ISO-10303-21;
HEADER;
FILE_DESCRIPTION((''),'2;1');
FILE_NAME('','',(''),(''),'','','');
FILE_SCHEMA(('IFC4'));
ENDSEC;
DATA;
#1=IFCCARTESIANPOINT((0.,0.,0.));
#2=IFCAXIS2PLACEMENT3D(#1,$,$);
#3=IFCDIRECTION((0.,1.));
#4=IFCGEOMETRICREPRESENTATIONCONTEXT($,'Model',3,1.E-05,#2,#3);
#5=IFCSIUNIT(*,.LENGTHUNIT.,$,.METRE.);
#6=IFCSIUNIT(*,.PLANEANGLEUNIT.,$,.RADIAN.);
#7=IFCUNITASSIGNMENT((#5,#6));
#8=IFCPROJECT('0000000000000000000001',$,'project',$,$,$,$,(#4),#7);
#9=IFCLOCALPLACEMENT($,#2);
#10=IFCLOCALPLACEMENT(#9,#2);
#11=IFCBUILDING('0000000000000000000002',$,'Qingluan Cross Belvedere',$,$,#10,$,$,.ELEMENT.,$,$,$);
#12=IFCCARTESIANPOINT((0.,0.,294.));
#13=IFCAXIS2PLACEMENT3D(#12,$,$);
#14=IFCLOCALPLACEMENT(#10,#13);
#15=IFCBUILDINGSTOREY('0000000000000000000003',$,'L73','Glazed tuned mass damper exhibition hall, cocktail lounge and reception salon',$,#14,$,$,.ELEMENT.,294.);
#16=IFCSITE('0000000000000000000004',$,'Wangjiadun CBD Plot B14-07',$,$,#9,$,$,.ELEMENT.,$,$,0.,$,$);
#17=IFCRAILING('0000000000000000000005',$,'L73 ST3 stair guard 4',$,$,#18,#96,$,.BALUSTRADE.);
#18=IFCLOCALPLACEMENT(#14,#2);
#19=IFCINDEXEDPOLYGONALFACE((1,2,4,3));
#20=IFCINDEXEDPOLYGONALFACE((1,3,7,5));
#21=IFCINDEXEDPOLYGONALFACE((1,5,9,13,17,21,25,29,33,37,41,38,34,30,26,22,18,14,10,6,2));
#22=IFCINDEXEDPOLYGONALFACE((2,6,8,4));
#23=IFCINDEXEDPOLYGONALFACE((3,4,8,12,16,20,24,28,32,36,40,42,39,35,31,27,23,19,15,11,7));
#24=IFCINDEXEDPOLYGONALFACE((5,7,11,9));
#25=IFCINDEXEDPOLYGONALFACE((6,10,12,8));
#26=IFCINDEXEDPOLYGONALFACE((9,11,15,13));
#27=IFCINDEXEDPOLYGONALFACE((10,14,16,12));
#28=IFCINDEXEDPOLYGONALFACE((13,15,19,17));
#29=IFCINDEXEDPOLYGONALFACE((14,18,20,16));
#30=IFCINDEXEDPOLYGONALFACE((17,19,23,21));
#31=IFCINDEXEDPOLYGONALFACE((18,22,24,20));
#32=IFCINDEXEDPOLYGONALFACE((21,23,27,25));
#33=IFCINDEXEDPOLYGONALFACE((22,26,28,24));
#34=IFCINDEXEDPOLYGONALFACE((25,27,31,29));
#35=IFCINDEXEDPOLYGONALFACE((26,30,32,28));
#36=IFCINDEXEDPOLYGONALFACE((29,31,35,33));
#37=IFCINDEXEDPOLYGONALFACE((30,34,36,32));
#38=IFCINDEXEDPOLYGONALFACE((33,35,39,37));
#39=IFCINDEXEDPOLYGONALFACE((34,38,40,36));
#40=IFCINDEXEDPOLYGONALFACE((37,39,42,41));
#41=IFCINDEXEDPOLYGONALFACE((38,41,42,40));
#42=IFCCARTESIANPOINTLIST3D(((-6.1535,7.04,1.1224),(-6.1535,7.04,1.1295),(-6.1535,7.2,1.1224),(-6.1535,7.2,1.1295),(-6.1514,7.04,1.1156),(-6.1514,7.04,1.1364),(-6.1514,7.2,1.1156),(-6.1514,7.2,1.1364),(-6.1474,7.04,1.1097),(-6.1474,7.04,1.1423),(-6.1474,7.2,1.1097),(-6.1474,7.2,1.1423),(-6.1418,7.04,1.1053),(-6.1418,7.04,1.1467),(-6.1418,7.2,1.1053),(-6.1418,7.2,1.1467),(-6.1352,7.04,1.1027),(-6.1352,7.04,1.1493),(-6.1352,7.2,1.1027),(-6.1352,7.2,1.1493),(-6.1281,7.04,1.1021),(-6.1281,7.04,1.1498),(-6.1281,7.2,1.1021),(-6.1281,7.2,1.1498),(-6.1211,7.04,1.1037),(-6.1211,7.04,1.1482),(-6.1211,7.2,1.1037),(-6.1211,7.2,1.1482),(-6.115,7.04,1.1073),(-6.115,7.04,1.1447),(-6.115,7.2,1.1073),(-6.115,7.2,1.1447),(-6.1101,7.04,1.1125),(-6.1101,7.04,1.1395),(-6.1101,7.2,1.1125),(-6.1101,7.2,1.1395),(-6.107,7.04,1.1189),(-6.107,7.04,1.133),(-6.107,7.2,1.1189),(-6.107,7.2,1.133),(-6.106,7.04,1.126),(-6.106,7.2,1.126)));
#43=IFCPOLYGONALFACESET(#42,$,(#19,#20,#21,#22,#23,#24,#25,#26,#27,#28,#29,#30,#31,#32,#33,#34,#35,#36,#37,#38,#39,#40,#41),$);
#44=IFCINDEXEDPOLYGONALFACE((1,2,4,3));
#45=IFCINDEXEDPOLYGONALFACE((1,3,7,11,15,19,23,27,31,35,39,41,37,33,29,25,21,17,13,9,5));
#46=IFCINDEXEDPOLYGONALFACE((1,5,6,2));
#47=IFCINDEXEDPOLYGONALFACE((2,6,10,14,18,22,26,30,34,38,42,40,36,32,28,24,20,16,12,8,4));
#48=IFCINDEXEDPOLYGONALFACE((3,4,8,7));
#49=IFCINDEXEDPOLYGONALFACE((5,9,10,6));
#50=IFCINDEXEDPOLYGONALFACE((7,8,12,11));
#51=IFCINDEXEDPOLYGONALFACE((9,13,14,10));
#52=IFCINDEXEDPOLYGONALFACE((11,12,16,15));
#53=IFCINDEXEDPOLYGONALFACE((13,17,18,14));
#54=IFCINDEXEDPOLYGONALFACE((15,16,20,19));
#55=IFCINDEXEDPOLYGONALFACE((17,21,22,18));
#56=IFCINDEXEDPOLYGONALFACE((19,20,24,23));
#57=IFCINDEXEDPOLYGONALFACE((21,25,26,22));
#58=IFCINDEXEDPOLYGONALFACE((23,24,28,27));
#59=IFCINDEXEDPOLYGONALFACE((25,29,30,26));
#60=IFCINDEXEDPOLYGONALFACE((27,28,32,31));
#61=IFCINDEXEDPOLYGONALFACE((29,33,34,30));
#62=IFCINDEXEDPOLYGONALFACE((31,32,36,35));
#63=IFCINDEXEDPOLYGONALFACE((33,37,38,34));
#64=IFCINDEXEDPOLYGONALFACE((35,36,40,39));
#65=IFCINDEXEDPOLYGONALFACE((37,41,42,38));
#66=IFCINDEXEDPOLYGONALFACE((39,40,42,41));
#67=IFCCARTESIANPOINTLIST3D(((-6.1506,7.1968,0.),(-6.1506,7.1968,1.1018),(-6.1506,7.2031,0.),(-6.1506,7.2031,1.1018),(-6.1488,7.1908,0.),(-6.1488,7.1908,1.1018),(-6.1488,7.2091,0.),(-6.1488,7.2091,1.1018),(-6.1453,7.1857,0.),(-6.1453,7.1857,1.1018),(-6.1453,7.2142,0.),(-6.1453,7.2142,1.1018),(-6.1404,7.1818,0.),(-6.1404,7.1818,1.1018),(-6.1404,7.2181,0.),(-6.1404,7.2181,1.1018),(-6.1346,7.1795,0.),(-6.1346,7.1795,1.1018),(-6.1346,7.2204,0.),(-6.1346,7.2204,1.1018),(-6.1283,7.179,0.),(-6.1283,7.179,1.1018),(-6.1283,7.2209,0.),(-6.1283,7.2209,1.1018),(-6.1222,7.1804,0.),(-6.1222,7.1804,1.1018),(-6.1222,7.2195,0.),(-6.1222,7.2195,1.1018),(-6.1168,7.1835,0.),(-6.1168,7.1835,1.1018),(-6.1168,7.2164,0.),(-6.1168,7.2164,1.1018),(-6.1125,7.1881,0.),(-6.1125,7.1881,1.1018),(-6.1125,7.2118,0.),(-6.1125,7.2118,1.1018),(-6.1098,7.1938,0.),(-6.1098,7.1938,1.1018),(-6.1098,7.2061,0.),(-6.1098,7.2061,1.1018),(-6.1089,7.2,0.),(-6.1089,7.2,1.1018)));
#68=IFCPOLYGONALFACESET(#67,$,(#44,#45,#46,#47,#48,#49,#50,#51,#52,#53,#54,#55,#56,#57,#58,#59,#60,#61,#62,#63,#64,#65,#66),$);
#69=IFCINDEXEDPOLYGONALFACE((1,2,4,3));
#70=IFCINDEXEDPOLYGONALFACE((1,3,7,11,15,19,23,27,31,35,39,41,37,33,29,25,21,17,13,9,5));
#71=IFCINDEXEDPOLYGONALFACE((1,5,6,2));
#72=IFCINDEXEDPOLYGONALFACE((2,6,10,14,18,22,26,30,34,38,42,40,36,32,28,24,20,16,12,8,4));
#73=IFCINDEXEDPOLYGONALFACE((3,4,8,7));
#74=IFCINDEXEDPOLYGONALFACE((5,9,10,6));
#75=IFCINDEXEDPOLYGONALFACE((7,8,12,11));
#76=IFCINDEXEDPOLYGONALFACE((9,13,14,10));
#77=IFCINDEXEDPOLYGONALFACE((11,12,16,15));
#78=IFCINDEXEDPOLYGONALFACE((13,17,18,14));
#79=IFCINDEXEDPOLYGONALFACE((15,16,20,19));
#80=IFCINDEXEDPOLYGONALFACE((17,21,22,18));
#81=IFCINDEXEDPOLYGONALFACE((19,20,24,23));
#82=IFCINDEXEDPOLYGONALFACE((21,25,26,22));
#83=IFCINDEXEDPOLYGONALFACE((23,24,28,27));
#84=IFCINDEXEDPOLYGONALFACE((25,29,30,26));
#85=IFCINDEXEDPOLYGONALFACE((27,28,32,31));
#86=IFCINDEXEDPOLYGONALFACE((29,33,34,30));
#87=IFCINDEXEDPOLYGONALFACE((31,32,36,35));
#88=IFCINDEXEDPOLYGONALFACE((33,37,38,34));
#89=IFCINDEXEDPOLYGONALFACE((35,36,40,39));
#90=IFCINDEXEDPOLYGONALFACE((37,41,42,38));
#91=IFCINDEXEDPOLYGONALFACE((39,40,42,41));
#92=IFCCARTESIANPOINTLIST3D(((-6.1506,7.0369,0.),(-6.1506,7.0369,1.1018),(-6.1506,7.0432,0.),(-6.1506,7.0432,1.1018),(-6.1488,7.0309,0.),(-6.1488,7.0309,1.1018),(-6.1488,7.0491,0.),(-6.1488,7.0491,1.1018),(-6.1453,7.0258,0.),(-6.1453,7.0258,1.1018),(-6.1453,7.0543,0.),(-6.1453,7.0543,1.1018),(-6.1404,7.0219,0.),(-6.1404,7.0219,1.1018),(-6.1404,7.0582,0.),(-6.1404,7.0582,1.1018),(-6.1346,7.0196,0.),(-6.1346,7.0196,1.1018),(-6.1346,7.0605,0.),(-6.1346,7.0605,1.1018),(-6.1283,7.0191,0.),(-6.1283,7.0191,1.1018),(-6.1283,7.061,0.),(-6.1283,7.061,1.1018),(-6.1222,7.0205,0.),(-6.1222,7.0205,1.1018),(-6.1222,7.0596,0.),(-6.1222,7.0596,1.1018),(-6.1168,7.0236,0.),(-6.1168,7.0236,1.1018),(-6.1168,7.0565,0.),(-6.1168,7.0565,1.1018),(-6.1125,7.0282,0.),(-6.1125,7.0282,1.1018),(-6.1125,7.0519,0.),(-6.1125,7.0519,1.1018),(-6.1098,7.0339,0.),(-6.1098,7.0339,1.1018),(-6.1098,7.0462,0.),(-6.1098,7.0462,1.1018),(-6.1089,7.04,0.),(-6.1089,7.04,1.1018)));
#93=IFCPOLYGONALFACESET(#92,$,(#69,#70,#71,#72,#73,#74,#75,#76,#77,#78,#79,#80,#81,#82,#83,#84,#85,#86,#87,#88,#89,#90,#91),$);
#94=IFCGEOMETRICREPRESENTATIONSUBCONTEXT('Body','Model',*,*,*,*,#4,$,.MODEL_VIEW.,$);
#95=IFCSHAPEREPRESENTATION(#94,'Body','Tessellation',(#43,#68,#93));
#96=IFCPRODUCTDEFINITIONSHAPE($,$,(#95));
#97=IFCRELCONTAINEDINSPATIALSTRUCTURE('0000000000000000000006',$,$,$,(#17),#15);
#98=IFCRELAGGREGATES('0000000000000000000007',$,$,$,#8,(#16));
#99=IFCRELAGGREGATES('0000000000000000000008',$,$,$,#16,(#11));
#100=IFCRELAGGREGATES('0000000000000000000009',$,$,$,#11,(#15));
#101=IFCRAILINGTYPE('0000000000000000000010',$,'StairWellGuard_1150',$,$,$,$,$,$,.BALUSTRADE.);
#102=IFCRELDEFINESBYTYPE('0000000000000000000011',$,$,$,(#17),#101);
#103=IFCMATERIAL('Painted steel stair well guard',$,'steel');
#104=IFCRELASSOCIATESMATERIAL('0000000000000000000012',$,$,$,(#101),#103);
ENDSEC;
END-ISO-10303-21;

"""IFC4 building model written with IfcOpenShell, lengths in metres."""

from ifc_helpers import new_model, si_unit, direction, frame, origin, origin_2d, place, context, subcontext, project, spatial, circle, extrude, material, type_object, element, save


model = new_model("IFC4")

# Units and contexts
model_context = context("Model", 3, precision=1e-05, world=origin(), true_north=direction((0.0, 1.0)))
body_context = subcontext(model_context, "Body", "Model", "MODEL_VIEW")
ifc_project = project(units=[si_unit("LENGTHUNIT", "METRE"), si_unit("PLANEANGLEUNIT", "RADIAN")], contexts=[model_context])

# Site, building, storey
site_placement = place(None, origin())
site = spatial("IfcSite", under=ifc_project, at=site_placement, Name="Wangjiadun CBD Plot B14-07", CompositionType="ELEMENT", RefElevation=0.0)
building_placement = place(site_placement, origin())
building = spatial("IfcBuilding", under=site, at=building_placement, Name="Qingluan Cross Belvedere", CompositionType="ELEMENT")
storey_placement = place(building_placement, frame((0.0, 0.0, 294.0)))
storey = spatial("IfcBuildingStorey", under=building, at=storey_placement, Name="L73", Description="Glazed tuned mass damper exhibition hall, cocktail lounge and reception salon", CompositionType="ELEMENT", Elevation=294.0)

# Railing
ifc_material_1 = material(Name="Painted steel stair well guard", Category="steel")
railing_type_1 = type_object("IfcRailingType", Name="StairWellGuard_1150", PredefinedType="BALUSTRADE", material=ifc_material_1)
railing_1_placement = place(storey_placement, frame((-6.1299, 7.2, 0.0)))
element("IfcRailing", 1, at=railing_1_placement, inside=storey, type_object=railing_type_1, Name="L73 ST3 stair guard 4", PredefinedType="BALUSTRADE", context=body_context, shape_type="SweptSolid", body=[
    extrude(circle(Radius=0.0239, at=origin_2d()), frame((0.0, 0.0, 1.126), z_axis=(0.0, -1.0, 0.0), x_axis=(1.0, 0.0, 0.0)), (0.0, 0.0, 1.0), 0.1599),
    extrude(circle(Radius=0.021, at=origin_2d()), origin(), (0.0, 0.0, 1.0), 1.1018),
    extrude(circle(Radius=0.021, at=origin_2d()), frame((0.0, -0.1599, 0.0)), (0.0, 0.0, 1.0), 1.1018),
])

save(model, "model.ifc")
